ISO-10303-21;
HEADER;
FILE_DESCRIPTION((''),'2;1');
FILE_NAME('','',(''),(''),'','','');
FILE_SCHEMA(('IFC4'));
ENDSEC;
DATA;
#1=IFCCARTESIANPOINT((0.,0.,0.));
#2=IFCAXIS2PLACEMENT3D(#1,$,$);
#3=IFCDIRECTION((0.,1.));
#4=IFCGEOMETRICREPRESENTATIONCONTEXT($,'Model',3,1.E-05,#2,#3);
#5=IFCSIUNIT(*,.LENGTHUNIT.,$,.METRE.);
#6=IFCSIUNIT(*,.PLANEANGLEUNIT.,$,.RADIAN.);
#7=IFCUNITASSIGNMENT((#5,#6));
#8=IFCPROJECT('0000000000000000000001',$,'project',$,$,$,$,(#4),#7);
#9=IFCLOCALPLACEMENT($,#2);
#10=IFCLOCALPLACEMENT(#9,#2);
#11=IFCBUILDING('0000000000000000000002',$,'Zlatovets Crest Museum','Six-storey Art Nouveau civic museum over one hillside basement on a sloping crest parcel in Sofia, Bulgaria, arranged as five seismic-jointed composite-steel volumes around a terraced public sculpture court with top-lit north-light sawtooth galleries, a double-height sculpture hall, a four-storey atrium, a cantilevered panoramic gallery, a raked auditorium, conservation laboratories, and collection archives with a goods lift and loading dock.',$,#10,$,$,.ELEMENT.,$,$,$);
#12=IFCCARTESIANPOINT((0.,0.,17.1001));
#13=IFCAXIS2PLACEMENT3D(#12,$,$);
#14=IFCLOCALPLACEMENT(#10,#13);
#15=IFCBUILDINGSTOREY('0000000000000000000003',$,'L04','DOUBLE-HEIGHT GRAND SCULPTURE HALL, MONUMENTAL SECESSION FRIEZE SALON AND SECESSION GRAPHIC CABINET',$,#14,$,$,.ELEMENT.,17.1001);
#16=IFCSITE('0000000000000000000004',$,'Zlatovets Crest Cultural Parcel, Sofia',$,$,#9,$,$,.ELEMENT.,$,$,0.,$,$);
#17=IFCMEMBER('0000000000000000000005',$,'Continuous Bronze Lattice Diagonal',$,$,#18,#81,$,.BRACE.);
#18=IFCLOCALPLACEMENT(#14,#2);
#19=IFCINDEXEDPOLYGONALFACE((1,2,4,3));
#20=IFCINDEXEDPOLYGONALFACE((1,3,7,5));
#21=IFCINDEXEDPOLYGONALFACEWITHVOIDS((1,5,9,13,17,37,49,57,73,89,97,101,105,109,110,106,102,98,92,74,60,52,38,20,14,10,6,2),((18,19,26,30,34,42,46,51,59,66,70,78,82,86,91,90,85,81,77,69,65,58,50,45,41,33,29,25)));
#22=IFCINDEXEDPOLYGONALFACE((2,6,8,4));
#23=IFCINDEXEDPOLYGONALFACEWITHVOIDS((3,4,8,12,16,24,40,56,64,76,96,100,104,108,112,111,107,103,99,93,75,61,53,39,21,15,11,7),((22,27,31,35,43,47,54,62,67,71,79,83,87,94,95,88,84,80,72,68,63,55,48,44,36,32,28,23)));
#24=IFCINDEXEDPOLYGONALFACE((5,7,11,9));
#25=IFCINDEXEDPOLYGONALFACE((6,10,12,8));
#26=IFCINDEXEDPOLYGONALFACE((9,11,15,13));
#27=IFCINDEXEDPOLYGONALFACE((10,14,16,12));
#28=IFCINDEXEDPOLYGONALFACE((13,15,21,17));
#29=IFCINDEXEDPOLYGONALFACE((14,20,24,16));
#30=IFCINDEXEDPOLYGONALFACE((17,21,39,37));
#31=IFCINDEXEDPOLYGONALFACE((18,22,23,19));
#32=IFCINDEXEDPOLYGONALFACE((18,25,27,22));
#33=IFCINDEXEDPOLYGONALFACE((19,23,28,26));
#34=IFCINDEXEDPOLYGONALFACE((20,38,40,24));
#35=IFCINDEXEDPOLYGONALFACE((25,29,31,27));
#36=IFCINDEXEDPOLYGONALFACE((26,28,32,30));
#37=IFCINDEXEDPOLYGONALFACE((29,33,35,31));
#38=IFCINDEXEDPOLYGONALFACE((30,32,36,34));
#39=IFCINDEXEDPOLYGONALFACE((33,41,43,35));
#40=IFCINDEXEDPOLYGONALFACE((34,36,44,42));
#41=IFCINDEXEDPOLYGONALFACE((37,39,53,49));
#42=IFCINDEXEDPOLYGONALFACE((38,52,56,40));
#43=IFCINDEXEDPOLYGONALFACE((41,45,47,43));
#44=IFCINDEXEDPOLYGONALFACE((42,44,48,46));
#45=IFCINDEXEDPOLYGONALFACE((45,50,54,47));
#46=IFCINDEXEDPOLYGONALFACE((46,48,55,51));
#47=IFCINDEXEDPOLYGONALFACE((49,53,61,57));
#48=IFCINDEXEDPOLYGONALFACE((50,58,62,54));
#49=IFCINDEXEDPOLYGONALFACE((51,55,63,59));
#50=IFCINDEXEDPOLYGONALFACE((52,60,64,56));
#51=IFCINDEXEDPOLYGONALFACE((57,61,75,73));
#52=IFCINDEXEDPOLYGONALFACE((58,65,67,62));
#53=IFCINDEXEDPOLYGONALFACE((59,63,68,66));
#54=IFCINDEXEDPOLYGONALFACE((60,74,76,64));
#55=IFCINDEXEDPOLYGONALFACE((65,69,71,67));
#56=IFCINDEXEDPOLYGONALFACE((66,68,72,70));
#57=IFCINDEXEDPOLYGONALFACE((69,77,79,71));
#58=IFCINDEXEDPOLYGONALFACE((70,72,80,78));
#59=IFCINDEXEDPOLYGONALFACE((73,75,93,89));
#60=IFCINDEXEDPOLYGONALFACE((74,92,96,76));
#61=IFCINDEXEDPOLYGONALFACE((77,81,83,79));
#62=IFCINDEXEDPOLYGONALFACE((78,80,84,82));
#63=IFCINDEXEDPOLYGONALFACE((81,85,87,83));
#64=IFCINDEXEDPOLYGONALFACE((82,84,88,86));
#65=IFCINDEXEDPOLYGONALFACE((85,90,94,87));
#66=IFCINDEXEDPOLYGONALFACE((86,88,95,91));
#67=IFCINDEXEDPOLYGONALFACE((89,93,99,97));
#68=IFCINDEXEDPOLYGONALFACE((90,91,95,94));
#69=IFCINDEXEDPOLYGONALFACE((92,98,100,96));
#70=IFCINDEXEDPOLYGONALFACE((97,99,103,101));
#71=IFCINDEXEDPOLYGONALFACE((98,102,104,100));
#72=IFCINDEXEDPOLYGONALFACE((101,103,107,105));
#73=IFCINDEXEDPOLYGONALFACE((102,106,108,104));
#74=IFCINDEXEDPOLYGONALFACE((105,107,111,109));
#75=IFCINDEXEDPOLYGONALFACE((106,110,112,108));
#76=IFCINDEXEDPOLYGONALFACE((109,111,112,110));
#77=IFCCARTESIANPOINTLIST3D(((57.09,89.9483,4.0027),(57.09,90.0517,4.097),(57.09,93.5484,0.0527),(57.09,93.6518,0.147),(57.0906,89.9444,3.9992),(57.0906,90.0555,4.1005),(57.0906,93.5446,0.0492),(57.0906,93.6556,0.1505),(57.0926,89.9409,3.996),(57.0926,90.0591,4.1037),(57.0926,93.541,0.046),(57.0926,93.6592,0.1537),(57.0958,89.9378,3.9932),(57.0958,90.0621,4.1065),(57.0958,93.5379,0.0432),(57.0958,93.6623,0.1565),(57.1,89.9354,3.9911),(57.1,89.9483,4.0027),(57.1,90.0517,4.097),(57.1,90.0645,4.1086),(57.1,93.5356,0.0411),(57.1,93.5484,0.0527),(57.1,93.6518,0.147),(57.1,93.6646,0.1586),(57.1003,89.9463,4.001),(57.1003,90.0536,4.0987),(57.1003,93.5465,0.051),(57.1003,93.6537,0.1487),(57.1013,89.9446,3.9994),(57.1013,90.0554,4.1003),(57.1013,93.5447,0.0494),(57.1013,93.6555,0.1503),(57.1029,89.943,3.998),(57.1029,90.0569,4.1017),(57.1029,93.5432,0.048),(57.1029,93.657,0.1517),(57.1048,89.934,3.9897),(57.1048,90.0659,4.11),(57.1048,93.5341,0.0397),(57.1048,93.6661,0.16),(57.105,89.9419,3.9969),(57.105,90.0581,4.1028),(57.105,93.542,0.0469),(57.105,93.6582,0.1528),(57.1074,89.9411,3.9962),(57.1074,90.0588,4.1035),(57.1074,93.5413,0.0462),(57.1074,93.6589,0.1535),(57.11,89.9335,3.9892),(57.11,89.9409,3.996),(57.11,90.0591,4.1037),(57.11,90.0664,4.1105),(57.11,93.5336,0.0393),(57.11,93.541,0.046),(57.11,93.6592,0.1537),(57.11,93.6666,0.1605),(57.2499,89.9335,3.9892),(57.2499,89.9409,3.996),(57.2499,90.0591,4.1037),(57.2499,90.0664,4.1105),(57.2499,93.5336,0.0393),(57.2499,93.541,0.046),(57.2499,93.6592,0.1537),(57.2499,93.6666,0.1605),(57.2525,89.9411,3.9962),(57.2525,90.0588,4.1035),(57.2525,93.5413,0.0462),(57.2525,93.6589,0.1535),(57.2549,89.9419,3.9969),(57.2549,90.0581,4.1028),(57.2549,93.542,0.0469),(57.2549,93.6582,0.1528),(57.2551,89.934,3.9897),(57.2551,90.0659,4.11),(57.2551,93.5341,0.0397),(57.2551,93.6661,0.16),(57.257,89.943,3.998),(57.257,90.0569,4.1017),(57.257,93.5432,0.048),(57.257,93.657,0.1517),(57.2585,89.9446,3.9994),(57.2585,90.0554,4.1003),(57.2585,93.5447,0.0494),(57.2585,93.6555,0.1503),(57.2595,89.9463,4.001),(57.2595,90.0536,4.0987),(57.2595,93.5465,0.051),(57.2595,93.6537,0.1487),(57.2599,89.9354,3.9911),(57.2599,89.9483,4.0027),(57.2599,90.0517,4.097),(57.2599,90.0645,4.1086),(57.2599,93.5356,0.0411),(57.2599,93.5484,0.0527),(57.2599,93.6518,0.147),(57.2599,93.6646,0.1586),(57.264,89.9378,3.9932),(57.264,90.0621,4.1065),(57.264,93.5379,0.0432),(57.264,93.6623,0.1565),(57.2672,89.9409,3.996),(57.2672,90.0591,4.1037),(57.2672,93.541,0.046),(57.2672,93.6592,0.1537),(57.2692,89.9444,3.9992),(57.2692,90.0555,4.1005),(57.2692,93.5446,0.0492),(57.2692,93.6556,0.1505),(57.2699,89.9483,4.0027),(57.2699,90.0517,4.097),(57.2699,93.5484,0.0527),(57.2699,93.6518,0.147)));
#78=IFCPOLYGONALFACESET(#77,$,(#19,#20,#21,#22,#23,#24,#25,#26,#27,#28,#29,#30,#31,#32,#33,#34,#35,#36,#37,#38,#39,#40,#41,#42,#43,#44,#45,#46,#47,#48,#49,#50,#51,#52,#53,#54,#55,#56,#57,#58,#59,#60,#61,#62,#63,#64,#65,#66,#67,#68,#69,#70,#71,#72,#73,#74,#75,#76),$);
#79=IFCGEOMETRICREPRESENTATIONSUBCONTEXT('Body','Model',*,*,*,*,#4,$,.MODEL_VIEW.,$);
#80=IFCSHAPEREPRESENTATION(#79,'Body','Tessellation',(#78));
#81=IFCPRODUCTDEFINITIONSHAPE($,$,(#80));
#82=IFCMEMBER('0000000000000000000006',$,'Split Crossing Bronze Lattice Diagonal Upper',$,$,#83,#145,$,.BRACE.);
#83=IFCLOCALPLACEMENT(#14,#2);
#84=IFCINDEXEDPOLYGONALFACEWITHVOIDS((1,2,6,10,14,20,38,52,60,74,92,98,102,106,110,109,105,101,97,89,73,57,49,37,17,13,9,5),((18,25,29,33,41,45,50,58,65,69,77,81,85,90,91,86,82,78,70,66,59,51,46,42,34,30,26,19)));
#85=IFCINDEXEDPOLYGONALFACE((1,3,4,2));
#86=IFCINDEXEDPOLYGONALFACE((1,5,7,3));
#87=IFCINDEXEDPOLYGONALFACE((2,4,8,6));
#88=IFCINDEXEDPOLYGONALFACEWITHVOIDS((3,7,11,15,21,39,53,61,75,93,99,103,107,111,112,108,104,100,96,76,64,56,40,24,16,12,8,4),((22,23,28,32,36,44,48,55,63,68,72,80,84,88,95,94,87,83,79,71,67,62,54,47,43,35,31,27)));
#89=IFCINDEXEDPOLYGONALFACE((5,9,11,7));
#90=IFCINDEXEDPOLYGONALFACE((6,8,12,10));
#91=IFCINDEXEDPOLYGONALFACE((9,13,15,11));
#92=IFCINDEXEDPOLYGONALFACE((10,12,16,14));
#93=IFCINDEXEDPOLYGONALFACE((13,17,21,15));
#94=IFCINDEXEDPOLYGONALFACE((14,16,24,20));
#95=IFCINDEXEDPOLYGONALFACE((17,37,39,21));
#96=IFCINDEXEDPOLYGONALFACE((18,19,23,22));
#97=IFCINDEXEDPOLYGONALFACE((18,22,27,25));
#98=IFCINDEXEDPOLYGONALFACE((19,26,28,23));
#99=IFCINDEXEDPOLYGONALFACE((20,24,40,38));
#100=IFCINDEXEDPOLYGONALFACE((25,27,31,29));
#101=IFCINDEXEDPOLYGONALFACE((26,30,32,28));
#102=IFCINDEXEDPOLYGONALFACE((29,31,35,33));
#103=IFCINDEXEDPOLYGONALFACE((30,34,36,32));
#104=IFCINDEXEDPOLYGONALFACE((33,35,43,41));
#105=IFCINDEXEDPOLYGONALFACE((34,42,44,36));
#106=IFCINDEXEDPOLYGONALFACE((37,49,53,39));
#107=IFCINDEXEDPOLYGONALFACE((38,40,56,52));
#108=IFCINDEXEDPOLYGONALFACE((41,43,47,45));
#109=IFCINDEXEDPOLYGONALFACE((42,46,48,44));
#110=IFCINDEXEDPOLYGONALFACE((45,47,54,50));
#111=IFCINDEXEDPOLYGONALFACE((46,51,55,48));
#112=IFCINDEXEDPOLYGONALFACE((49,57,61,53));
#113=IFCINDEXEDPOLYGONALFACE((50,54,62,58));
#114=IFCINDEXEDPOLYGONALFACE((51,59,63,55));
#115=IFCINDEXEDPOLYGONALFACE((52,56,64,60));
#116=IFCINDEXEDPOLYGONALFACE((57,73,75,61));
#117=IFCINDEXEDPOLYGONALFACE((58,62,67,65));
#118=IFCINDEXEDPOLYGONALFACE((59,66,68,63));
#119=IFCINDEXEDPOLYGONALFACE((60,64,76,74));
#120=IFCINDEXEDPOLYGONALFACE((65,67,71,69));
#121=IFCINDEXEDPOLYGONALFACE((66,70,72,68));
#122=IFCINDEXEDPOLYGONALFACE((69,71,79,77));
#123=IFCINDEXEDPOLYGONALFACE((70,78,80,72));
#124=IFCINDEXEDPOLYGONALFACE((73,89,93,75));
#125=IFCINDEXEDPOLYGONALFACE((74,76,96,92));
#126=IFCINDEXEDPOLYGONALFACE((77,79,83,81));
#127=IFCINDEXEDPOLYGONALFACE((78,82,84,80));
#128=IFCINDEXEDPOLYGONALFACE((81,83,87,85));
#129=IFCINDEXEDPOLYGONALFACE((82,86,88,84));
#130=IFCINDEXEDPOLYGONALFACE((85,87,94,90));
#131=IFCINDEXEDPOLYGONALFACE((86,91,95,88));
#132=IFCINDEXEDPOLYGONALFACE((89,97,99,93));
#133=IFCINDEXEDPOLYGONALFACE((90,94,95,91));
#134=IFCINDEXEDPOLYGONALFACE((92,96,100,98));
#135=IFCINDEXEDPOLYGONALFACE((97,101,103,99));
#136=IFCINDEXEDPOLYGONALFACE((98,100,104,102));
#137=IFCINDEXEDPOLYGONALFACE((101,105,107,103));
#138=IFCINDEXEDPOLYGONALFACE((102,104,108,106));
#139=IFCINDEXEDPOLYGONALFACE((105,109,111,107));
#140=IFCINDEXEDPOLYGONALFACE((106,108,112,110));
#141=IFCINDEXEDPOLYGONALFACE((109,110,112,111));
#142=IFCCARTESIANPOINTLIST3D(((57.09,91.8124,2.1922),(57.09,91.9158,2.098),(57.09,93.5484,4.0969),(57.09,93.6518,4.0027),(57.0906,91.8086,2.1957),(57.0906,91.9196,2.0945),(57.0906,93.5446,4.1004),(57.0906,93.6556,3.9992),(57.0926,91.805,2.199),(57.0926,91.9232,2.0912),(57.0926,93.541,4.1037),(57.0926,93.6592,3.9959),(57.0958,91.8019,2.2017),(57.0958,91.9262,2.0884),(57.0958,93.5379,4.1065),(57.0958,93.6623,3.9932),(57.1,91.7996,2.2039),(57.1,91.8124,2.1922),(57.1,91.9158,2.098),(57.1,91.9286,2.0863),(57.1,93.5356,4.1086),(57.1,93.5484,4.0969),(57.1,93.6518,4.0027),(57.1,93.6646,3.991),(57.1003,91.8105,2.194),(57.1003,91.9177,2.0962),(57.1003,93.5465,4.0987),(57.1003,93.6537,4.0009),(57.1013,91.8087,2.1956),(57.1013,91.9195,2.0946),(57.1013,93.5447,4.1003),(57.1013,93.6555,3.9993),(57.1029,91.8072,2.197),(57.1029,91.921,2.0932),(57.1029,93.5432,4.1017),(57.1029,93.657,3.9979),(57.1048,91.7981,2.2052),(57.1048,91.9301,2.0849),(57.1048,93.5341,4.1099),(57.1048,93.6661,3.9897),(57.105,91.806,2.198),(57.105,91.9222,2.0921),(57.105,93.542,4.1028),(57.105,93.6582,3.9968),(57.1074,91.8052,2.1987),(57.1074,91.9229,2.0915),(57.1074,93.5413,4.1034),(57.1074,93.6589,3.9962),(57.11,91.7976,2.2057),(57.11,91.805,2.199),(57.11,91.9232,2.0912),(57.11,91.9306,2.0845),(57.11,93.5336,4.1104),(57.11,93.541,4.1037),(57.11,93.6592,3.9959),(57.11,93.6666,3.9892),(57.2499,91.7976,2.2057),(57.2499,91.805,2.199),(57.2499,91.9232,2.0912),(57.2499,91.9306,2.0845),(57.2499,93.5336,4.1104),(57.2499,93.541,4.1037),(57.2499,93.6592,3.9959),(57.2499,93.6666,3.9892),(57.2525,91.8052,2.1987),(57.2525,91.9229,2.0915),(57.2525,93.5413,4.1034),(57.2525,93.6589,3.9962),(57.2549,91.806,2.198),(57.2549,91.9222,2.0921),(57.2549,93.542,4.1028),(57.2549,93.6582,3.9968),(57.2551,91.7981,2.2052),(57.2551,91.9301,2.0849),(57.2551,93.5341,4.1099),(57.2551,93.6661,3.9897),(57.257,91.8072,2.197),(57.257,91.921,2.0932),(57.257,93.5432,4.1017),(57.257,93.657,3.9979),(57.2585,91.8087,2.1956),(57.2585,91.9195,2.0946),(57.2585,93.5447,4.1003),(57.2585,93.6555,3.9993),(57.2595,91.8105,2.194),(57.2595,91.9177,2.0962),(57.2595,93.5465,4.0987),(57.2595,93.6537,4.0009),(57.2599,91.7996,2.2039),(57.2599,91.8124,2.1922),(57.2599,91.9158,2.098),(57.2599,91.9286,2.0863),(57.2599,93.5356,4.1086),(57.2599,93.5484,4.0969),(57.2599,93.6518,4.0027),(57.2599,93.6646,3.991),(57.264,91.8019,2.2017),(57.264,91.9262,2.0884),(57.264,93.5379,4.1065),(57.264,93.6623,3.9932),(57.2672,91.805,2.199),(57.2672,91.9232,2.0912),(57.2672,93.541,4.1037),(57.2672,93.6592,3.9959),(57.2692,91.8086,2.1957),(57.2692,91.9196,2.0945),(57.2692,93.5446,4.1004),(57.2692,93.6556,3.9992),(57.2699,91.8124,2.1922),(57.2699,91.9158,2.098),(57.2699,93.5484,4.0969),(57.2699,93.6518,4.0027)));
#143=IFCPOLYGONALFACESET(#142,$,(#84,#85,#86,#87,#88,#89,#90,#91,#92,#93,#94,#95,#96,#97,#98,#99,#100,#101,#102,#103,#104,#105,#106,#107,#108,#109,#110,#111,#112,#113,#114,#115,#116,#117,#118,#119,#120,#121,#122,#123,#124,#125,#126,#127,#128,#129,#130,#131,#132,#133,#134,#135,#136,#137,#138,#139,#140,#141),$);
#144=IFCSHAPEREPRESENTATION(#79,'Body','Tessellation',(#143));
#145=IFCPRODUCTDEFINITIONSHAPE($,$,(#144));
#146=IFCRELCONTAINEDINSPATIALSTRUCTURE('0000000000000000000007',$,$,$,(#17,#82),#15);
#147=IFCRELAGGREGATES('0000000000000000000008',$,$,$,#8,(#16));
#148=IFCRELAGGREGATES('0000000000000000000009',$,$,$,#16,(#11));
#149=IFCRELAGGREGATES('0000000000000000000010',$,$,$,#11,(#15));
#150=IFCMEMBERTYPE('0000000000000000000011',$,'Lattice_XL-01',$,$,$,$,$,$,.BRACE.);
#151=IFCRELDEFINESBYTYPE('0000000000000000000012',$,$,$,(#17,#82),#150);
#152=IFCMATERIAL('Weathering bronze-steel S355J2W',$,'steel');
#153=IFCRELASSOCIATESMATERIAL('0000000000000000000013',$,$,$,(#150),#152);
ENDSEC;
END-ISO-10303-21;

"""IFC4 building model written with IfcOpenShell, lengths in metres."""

from ifc_helpers import new_model, si_unit, direction, frame, origin, origin_2d, place, context, subcontext, project, spatial, hollow_rectangle, extrude, material, material_profile, profile_set, type_object, element, save


model = new_model("IFC4")

# Units and contexts
model_context = context("Model", 3, precision=1e-05, world=origin(), true_north=direction((0.0, 1.0)))
body_context = subcontext(model_context, "Body", "Model", "MODEL_VIEW")
ifc_project = project(units=[si_unit("LENGTHUNIT", "METRE"), si_unit("PLANEANGLEUNIT", "RADIAN")], contexts=[model_context])

# Site, building, storey
site_placement = place(None, origin())
site = spatial("IfcSite", under=ifc_project, at=site_placement, Name="Zlatovets Crest Cultural Parcel, Sofia", CompositionType="ELEMENT", RefElevation=0.0)
building_placement = place(site_placement, origin())
building = spatial("IfcBuilding", under=site, at=building_placement, Name="Zlatovets Crest Museum", Description="Six-storey Art Nouveau civic museum over one hillside basement on a sloping crest parcel in Sofia, Bulgaria, arranged as five seismic-jointed composite-steel volumes around a terraced public sculpture court with top-lit north-light sawtooth galleries, a double-height sculpture hall, a four-storey atrium, a cantilevered panoramic gallery, a raked auditorium, conservation laboratories, and collection archives with a goods lift and loading dock.", CompositionType="ELEMENT")
storey_placement = place(building_placement, frame((0.0, 0.0, 17.1001)))
storey = spatial("IfcBuildingStorey", under=building, at=storey_placement, Name="L04", Description="DOUBLE-HEIGHT GRAND SCULPTURE HALL, MONUMENTAL SECESSION FRIEZE SALON AND SECESSION GRAPHIC CABINET", CompositionType="ELEMENT", Elevation=17.1001)

# Members
ifc_material_1 = material(Name="Weathering bronze-steel S355J2W", Category="steel")
ifc_material_profile_1 = material_profile(ifc_material_1, hollow_rectangle(XDim=0.1799, YDim=0.1799, WallThickness=0.01, InnerFilletRadius=0.01, OuterFilletRadius=0.02, at=origin_2d()), Name="SHS 180x180x10.0")
ifc_profile_set_1 = profile_set([ifc_material_profile_1], Name="Weathering bronze-steel S355J2W")
member_type_1 = type_object("IfcMemberType", Name="Lattice_XL-01", PredefinedType="BRACE", material=ifc_profile_set_1)
member_1_placement = place(storey_placement, frame((57.1799, 93.6001, 0.0999), z_axis=(0.0, -0.673618, 0.73908), x_axis=(1.0, 0.0, 0.0)))
element("IfcMember", 1, at=member_1_placement, inside=storey, type_object=member_type_1, Name="Continuous Bronze Lattice Diagonal", PredefinedType="BRACE", context=body_context, shape_type="SweptSolid", body=[
    extrude(hollow_rectangle(XDim=0.1799, YDim=0.1799, WallThickness=0.01, InnerFilletRadius=0.01, OuterFilletRadius=0.02, at=origin_2d()), origin(), (0.0, 0.0, 1.0), 5.3445),
])
for number, where, z_axis, x_axis, name in (
    (2, (57.1799, 93.6001, 4.0498), (0.0, -0.67362, -0.739078), (1.0, 0.0, 0.0), "Split Crossing Bronze Lattice Diagonal Upper"),
):
    element("IfcMember", number, at=place(storey_placement, frame(where, z_axis=z_axis, x_axis=x_axis)), inside=storey, type_object=member_type_1, Name=name, PredefinedType="BRACE", context=body_context, shape_type="SweptSolid", body=[
        extrude(hollow_rectangle(XDim=0.1799, YDim=0.1799, WallThickness=0.01, InnerFilletRadius=0.01, OuterFilletRadius=0.02, at=origin_2d()), origin(), (0.0, 0.0, 1.0), 2.5771),
    ])

save(model, "model.ifc")
